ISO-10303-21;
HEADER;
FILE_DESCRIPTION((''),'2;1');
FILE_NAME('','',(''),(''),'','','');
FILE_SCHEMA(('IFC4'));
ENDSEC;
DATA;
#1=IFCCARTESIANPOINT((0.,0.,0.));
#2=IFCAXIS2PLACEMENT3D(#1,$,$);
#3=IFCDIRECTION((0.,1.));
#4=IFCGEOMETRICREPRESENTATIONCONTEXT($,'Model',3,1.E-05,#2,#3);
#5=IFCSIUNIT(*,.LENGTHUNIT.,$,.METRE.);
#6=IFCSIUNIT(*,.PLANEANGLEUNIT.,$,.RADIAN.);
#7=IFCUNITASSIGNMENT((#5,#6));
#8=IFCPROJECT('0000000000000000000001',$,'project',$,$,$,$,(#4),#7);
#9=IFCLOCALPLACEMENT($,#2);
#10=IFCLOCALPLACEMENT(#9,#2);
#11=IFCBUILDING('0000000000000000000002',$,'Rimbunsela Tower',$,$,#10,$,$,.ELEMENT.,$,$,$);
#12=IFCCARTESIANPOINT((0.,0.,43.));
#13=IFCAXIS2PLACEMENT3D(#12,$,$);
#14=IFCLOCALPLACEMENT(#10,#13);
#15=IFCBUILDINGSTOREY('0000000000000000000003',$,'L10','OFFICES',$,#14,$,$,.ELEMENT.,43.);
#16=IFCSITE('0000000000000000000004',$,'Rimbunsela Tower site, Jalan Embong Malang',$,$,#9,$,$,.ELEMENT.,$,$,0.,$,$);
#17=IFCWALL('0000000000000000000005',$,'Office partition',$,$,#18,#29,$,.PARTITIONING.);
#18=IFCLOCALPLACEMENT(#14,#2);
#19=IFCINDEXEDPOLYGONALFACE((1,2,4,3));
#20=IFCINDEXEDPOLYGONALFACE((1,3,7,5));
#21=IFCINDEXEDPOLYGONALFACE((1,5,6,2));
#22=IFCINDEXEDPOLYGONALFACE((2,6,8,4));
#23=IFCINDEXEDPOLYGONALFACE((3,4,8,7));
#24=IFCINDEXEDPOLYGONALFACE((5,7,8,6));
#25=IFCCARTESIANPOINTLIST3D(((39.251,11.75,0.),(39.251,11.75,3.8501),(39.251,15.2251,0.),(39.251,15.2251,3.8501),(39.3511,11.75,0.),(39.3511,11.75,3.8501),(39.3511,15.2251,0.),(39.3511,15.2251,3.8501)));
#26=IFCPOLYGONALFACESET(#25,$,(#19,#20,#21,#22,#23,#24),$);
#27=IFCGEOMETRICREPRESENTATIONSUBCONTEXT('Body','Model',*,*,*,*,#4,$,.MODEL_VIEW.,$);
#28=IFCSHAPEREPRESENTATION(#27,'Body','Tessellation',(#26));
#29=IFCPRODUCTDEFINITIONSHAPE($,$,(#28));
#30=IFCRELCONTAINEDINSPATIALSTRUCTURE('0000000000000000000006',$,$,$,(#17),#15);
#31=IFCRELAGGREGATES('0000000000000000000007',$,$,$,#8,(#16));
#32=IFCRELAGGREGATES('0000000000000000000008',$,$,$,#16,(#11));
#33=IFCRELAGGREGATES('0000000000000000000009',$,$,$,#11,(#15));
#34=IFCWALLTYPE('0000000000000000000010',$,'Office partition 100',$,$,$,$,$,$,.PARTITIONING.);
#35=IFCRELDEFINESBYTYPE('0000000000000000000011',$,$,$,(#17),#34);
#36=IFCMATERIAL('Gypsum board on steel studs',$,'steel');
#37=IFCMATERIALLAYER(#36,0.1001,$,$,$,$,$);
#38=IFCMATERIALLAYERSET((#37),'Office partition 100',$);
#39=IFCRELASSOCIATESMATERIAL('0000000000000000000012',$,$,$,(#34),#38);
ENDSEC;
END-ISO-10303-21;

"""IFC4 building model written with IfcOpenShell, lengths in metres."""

from ifc_helpers import new_model, si_unit, direction, frame, frame_2d, origin, place, context, subcontext, project, spatial, rectangle, extrude, material, layer, layer_set, type_object, element, save


model = new_model("IFC4")

# Units and contexts
model_context = context("Model", 3, precision=1e-05, world=origin(), true_north=direction((0.0, 1.0)))
body_context = subcontext(model_context, "Body", "Model", "MODEL_VIEW")
ifc_project = project(units=[si_unit("LENGTHUNIT", "METRE"), si_unit("PLANEANGLEUNIT", "RADIAN")], contexts=[model_context])

# Site, building, storey
site_placement = place(None, origin())
site = spatial("IfcSite", under=ifc_project, at=site_placement, Name="Rimbunsela Tower site, Jalan Embong Malang", CompositionType="ELEMENT", RefElevation=0.0)
building_placement = place(site_placement, origin())
building = spatial("IfcBuilding", under=site, at=building_placement, Name="Rimbunsela Tower", CompositionType="ELEMENT")
storey_placement = place(building_placement, frame((0.0, 0.0, 43.0)))
storey = spatial("IfcBuildingStorey", under=building, at=storey_placement, Name="L10", Description="OFFICES", CompositionType="ELEMENT", Elevation=43.0)

# Wall
ifc_material_1 = material(Name="Gypsum board on steel studs", Category="steel")
ifc_layer = layer(ifc_material_1, 0.1001)
ifc_layer_set = layer_set([ifc_layer], Name="Office partition 100")
wall_type = type_object("IfcWallType", Name="Office partition 100", PredefinedType="PARTITIONING", material=ifc_layer_set)
for number, where, z_axis, x_axis, name in (
    (1, (39.301, 11.75, 0.0), (0.0, 0.0, 1.0), (0.0, 1.0, 0.0), "Office partition"),
):
    element("IfcWall", number, at=place(storey_placement, frame(where, z_axis=z_axis, x_axis=x_axis)), inside=storey, type_object=wall_type, Name=name, PredefinedType="PARTITIONING", context=body_context, shape_type="SweptSolid", body=[
        extrude(rectangle(XDim=3.4751, YDim=0.1001, at=frame_2d((1.7375, 0.0))), origin(), (0.0, 0.0, 1.0), 3.8501),
    ])

save(model, "model.ifc")
